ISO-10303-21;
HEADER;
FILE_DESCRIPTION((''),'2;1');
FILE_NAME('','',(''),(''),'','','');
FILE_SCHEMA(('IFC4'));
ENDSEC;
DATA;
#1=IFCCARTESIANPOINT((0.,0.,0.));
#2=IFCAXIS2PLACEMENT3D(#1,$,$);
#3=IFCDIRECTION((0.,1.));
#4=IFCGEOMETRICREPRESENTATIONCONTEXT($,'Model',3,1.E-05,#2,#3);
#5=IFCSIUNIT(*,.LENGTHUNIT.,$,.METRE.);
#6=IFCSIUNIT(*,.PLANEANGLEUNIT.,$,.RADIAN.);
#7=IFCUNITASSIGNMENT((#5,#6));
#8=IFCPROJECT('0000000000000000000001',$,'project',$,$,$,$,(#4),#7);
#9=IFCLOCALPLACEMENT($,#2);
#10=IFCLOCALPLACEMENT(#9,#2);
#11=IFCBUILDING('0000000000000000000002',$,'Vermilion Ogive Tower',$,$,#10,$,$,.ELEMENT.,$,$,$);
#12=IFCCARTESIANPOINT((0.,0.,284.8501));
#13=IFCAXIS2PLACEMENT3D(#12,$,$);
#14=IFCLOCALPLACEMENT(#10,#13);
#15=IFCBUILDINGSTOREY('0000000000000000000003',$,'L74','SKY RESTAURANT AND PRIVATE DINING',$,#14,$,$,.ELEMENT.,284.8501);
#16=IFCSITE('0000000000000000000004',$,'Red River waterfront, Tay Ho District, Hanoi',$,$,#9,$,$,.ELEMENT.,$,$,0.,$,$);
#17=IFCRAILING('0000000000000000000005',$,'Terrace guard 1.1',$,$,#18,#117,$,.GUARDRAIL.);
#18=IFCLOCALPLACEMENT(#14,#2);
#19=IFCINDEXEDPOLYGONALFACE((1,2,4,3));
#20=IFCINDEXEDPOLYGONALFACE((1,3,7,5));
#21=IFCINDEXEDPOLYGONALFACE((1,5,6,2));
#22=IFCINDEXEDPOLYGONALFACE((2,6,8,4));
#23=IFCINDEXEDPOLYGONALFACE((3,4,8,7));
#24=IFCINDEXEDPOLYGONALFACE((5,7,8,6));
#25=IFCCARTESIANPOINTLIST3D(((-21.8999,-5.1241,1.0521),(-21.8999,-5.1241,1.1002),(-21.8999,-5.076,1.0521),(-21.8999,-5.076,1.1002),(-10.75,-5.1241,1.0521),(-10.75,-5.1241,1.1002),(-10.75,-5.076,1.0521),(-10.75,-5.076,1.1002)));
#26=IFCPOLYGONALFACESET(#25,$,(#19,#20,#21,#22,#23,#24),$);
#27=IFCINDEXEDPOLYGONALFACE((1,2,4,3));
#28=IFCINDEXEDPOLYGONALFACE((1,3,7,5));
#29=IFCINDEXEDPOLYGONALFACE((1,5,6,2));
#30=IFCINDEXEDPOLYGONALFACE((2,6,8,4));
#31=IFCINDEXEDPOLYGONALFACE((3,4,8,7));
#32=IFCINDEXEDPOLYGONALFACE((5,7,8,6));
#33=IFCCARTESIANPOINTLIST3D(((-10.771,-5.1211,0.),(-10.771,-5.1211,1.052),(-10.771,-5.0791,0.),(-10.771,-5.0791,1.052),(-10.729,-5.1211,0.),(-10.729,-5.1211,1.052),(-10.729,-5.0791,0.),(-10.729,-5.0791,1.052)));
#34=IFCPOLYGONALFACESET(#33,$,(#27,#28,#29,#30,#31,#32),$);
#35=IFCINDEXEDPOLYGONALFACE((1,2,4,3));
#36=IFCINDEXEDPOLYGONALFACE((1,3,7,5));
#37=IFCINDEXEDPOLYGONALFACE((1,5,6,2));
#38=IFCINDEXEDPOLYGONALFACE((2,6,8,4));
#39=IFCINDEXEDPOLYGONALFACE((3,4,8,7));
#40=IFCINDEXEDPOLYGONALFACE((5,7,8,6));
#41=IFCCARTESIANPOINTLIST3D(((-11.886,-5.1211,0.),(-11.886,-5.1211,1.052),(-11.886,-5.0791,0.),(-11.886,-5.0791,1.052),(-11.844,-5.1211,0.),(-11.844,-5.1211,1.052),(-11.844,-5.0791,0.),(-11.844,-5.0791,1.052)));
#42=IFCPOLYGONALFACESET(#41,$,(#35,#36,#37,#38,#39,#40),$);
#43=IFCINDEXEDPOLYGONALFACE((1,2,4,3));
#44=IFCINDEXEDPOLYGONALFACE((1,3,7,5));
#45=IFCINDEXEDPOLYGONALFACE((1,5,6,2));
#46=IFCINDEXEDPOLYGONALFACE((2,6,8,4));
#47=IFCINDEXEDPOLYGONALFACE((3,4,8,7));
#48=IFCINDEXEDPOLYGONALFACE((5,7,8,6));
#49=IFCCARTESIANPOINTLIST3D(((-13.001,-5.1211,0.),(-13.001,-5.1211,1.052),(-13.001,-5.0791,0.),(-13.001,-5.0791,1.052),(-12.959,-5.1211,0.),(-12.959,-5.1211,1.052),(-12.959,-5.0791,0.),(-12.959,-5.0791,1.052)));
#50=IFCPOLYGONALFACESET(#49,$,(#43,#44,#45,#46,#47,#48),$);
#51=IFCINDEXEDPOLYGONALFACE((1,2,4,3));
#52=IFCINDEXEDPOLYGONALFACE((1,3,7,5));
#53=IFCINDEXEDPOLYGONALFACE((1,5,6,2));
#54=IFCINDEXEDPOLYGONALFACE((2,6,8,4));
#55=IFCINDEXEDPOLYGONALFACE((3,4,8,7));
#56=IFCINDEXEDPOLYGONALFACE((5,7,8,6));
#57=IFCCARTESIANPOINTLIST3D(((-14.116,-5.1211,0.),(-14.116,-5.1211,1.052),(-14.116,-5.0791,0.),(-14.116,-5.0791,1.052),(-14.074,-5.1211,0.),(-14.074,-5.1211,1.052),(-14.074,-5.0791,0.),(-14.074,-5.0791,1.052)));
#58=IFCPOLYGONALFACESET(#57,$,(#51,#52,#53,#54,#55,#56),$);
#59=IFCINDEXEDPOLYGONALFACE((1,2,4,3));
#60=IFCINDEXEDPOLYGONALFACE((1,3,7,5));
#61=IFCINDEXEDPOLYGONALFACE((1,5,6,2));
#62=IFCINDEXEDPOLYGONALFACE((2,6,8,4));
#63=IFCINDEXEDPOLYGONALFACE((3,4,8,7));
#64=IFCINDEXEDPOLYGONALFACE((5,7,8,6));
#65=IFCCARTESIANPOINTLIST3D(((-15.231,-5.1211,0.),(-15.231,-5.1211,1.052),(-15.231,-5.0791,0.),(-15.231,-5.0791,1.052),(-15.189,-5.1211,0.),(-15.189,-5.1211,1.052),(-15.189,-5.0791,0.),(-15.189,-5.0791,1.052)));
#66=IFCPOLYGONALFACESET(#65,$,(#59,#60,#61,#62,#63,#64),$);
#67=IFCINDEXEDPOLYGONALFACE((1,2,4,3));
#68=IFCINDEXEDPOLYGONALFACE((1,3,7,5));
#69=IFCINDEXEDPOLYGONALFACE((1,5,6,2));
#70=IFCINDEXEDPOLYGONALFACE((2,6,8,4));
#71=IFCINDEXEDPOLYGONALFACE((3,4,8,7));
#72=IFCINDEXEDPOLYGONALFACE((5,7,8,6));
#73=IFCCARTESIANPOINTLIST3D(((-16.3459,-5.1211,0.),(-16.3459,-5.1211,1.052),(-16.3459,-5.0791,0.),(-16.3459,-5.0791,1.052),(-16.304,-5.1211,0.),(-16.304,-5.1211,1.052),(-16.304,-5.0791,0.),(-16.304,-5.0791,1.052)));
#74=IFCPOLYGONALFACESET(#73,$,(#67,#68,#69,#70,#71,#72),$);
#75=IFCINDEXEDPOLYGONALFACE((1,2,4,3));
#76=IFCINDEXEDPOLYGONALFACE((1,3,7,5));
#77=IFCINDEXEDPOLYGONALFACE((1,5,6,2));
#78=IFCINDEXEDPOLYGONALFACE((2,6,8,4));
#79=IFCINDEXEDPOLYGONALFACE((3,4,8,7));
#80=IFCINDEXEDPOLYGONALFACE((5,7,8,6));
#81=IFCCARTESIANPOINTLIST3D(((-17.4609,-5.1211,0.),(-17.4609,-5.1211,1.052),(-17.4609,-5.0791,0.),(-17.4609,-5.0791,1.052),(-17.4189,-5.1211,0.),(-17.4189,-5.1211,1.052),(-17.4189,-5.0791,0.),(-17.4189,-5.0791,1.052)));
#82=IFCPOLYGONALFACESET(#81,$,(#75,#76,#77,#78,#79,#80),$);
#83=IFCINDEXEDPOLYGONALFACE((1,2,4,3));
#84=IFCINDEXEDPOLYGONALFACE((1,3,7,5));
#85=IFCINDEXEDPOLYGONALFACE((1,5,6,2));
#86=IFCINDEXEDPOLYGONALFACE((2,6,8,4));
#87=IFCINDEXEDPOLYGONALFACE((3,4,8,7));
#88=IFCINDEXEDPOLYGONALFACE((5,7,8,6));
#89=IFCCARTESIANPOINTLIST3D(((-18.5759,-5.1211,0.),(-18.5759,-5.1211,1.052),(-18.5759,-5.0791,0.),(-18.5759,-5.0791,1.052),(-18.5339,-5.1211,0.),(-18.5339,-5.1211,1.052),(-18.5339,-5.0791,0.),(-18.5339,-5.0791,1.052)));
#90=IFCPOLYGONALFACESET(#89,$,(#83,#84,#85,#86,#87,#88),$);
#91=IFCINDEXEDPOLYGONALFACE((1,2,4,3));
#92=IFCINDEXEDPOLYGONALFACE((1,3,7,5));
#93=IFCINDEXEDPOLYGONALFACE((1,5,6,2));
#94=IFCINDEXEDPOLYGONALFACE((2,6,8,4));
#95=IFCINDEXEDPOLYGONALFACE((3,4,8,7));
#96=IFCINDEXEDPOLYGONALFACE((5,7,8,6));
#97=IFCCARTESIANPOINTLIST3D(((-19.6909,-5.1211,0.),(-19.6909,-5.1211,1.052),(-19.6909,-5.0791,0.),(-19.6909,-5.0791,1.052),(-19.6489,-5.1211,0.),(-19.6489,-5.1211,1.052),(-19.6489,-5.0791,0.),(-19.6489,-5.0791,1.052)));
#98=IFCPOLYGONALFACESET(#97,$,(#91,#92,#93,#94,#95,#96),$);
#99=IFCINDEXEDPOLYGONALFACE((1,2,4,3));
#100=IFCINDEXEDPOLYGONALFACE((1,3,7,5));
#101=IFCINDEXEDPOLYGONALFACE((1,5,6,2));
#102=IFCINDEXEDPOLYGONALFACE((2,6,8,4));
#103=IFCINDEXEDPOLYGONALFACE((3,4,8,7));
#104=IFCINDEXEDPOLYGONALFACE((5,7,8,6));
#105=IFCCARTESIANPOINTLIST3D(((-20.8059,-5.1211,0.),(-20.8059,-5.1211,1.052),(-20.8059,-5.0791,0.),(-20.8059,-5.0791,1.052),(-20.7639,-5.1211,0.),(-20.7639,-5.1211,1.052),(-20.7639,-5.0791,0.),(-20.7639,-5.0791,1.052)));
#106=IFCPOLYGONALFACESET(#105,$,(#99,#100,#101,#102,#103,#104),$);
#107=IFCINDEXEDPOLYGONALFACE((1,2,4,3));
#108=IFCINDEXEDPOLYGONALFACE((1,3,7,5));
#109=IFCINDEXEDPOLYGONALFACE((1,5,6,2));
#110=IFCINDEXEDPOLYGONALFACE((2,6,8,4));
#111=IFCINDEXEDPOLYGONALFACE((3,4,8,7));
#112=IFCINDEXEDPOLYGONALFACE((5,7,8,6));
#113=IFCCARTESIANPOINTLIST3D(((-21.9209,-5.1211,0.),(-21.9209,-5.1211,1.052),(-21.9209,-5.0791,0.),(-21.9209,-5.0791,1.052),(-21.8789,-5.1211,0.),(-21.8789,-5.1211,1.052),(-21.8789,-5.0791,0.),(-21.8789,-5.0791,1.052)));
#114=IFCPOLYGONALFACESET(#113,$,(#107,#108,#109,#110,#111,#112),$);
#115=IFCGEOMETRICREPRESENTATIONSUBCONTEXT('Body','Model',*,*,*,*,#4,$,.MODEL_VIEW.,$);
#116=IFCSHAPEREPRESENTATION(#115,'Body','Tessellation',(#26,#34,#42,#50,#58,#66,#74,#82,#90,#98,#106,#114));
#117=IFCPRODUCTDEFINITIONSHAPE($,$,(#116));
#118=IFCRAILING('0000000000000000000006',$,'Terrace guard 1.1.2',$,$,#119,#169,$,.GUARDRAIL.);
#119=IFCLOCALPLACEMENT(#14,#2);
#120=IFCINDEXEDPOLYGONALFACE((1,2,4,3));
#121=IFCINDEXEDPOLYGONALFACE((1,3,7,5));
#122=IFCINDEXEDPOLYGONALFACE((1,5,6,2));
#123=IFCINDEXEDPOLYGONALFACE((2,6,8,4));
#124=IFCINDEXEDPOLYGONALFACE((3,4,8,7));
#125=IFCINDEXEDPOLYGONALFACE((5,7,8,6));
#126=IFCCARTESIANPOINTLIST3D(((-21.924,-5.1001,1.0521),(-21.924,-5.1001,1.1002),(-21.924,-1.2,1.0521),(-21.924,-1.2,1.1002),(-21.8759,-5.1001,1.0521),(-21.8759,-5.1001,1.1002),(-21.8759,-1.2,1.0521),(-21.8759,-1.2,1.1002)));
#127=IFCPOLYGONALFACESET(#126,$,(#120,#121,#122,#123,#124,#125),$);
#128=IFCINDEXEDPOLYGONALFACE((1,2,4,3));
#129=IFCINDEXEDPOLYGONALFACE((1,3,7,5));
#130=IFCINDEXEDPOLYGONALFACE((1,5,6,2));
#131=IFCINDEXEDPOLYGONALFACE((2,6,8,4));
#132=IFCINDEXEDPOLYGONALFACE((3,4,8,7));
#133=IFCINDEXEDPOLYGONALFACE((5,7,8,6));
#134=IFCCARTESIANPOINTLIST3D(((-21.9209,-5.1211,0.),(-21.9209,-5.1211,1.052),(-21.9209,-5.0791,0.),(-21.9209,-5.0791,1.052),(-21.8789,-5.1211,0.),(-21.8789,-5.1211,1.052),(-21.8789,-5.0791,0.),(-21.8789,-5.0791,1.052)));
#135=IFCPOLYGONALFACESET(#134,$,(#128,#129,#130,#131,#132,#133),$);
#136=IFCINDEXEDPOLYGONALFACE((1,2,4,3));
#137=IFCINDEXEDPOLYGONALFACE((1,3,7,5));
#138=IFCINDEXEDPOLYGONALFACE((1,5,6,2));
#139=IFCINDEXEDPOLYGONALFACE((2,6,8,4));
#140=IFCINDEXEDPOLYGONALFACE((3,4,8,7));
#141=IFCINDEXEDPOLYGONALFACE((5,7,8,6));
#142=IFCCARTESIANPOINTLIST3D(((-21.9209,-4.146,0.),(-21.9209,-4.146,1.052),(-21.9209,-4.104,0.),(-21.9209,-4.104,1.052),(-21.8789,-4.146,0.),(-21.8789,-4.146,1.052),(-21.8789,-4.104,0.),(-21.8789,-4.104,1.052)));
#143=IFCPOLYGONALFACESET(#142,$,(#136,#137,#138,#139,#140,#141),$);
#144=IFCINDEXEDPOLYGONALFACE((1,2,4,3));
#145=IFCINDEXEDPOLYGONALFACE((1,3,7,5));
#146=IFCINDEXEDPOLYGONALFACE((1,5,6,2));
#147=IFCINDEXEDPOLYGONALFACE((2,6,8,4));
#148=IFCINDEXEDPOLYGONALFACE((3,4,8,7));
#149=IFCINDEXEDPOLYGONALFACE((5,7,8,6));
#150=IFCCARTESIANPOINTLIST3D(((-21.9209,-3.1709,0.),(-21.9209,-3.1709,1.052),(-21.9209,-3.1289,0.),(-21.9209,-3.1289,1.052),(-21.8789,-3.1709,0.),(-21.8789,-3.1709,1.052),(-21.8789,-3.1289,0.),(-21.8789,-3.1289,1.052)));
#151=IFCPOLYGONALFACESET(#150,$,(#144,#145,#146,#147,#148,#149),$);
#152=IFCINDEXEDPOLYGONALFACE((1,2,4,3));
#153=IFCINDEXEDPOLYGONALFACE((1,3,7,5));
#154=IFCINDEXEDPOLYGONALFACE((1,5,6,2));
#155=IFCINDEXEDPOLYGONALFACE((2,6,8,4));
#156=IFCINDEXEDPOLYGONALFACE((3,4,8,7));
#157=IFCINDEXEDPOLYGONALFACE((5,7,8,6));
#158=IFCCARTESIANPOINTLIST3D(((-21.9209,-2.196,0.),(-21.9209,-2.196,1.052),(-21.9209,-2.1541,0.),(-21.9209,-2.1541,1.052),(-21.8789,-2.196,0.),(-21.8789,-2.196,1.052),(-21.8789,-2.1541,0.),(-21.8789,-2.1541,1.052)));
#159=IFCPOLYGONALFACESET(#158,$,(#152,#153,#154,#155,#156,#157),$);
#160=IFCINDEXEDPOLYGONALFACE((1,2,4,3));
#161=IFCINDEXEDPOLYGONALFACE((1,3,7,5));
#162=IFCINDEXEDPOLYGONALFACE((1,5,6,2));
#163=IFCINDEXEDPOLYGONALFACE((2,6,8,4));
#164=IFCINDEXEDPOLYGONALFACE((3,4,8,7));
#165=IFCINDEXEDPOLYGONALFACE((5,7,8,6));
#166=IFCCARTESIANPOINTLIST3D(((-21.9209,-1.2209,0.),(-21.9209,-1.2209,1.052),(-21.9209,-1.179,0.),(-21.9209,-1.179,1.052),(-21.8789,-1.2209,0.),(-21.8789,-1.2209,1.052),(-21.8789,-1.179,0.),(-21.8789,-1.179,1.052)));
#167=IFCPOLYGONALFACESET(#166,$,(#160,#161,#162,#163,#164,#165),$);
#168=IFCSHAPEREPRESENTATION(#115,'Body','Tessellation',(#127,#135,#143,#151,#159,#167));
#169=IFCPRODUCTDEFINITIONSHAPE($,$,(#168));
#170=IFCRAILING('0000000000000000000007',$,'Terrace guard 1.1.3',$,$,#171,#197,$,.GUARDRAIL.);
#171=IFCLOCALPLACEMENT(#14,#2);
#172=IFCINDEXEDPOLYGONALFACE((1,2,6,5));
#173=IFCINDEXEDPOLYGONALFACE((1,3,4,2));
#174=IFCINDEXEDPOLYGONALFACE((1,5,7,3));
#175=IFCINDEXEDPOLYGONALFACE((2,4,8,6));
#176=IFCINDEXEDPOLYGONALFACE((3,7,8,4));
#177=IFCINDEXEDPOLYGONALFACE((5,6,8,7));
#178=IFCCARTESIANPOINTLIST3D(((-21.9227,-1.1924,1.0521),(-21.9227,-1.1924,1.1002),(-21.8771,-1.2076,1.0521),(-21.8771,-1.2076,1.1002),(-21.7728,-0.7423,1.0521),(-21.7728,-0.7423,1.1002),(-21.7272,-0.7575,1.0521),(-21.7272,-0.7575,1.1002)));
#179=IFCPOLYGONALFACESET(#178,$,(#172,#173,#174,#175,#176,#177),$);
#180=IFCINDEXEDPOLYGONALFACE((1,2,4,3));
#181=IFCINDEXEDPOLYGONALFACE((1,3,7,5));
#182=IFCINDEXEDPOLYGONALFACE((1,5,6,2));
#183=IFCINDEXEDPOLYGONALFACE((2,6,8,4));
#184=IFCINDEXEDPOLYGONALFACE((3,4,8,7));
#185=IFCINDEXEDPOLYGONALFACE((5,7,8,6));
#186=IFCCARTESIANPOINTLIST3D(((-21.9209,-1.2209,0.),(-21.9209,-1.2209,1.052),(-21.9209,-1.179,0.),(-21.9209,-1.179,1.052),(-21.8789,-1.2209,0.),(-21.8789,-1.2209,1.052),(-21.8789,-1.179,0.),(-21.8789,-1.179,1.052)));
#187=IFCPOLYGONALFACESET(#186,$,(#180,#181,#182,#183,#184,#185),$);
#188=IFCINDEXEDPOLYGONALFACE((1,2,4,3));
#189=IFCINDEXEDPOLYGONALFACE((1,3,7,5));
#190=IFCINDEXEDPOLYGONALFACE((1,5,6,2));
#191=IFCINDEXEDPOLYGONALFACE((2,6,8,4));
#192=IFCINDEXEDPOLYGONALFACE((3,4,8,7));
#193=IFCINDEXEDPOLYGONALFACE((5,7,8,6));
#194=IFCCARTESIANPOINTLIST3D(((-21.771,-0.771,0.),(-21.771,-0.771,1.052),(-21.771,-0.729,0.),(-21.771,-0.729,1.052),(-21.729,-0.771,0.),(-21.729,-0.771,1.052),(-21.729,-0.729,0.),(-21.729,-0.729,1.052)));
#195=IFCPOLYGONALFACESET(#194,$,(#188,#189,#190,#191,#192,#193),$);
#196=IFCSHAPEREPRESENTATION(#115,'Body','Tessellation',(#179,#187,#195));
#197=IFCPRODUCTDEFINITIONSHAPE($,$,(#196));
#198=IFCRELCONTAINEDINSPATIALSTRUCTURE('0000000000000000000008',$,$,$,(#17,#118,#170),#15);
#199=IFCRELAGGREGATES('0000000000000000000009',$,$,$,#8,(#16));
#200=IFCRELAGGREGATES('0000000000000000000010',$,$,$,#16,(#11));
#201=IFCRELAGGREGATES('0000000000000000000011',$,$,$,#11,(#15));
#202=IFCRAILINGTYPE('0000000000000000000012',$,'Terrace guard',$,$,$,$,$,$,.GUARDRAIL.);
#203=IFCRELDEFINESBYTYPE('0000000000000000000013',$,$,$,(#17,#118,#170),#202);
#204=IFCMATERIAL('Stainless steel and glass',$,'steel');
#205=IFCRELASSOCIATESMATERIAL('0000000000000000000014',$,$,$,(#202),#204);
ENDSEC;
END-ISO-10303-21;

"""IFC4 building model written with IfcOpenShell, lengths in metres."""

from ifc_helpers import new_model, si_unit, direction, frame, origin, origin_2d, place, context, subcontext, project, spatial, rectangle, extrude, material, type_object, element, save


model = new_model("IFC4")

# Units and contexts
model_context = context("Model", 3, precision=1e-05, world=origin(), true_north=direction((0.0, 1.0)))
body_context = subcontext(model_context, "Body", "Model", "MODEL_VIEW")
ifc_project = project(units=[si_unit("LENGTHUNIT", "METRE"), si_unit("PLANEANGLEUNIT", "RADIAN")], contexts=[model_context])

# Site, building, storey
site_placement = place(None, origin())
site = spatial("IfcSite", under=ifc_project, at=site_placement, Name="Red River waterfront, Tay Ho District, Hanoi", CompositionType="ELEMENT", RefElevation=0.0)
building_placement = place(site_placement, origin())
building = spatial("IfcBuilding", under=site, at=building_placement, Name="Vermilion Ogive Tower", CompositionType="ELEMENT")
storey_placement = place(building_placement, frame((0.0, 0.0, 284.8501)))
storey = spatial("IfcBuildingStorey", under=building, at=storey_placement, Name="L74", Description="SKY RESTAURANT AND PRIVATE DINING", CompositionType="ELEMENT", Elevation=284.8501)

# Railings
ifc_material_1 = material(Name="Stainless steel and glass", Category="steel")
railing_type = type_object("IfcRailingType", Name="Terrace guard", PredefinedType="GUARDRAIL", material=ifc_material_1)
railing_1_placement = place(storey_placement, frame((-10.75, -5.1001, 0.0)))
element("IfcRailing", 1, at=railing_1_placement, inside=storey, type_object=railing_type, Name="Terrace guard 1.1", PredefinedType="GUARDRAIL", context=body_context, shape_type="SweptSolid", body=[
    extrude(rectangle(XDim=0.0481, YDim=0.0481, at=origin_2d()), frame((0.0, 0.0, 1.0762), z_axis=(-1.0, 0.0, 0.0), x_axis=(0.0, -1.0, 0.0)), (0.0, 0.0, 1.0), 11.1499),
    extrude(rectangle(XDim=0.042, YDim=0.042, at=origin_2d()), origin(), (0.0, 0.0, 1.0), 1.052),
    extrude(rectangle(XDim=0.042, YDim=0.042, at=origin_2d()), frame((-1.115, 0.0, 0.0)), (0.0, 0.0, 1.0), 1.052),
    extrude(rectangle(XDim=0.042, YDim=0.042, at=origin_2d()), frame((-2.23, 0.0, 0.0)), (0.0, 0.0, 1.0), 1.052),
    extrude(rectangle(XDim=0.042, YDim=0.042, at=origin_2d()), frame((-3.345, 0.0, 0.0)), (0.0, 0.0, 1.0), 1.052),
    extrude(rectangle(XDim=0.042, YDim=0.042, at=origin_2d()), frame((-4.46, 0.0, 0.0)), (0.0, 0.0, 1.0), 1.052),
    extrude(rectangle(XDim=0.042, YDim=0.042, at=origin_2d()), frame((-5.575, 0.0, 0.0)), (0.0, 0.0, 1.0), 1.052),
    extrude(rectangle(XDim=0.042, YDim=0.042, at=origin_2d()), frame((-6.6899, 0.0, 0.0)), (0.0, 0.0, 1.0), 1.052),
    extrude(rectangle(XDim=0.042, YDim=0.042, at=origin_2d()), frame((-7.8049, 0.0, 0.0)), (0.0, 0.0, 1.0), 1.052),
    extrude(rectangle(XDim=0.042, YDim=0.042, at=origin_2d()), frame((-8.9199, 0.0, 0.0)), (0.0, 0.0, 1.0), 1.052),
    extrude(rectangle(XDim=0.042, YDim=0.042, at=origin_2d()), frame((-10.0349, 0.0, 0.0)), (0.0, 0.0, 1.0), 1.052),
    extrude(rectangle(XDim=0.042, YDim=0.042, at=origin_2d()), frame((-11.1499, 0.0, 0.0)), (0.0, 0.0, 1.0), 1.052),
])
railing_2_placement = place(storey_placement, frame((-21.8999, -5.1001, 0.0)))
element("IfcRailing", 2, at=railing_2_placement, inside=storey, type_object=railing_type, Name="Terrace guard 1.1.2", PredefinedType="GUARDRAIL", context=body_context, shape_type="SweptSolid", body=[
    extrude(rectangle(XDim=0.0481, YDim=0.0481, at=origin_2d()), frame((0.0, 0.0, 1.0762), z_axis=(0.0, 1.0, 0.0), x_axis=(-1.0, 0.0, 0.0)), (0.0, 0.0, 1.0), 3.9001),
    extrude(rectangle(XDim=0.042, YDim=0.042, at=origin_2d()), origin(), (0.0, 0.0, 1.0), 1.052),
    extrude(rectangle(XDim=0.042, YDim=0.042, at=origin_2d()), frame((0.0, 0.9751, 0.0)), (0.0, 0.0, 1.0), 1.052),
    extrude(rectangle(XDim=0.042, YDim=0.042, at=origin_2d()), frame((0.0, 1.9502, 0.0)), (0.0, 0.0, 1.0), 1.052),
    extrude(rectangle(XDim=0.042, YDim=0.042, at=origin_2d()), frame((0.0, 2.925, 0.0)), (0.0, 0.0, 1.0), 1.052),
    extrude(rectangle(XDim=0.042, YDim=0.042, at=origin_2d()), frame((0.0, 3.9001, 0.0)), (0.0, 0.0, 1.0), 1.052),
])
railing_3_placement = place(storey_placement, frame((-21.8999, -1.2, 0.0)))
element("IfcRailing", 3, at=railing_3_placement, inside=storey, type_object=railing_type, Name="Terrace guard 1.1.3", PredefinedType="GUARDRAIL", context=body_context, shape_type="SweptSolid", body=[
    extrude(rectangle(XDim=0.0481, YDim=0.0481, at=origin_2d()), frame((0.0, 0.0, 1.0762), z_axis=(0.316073, 0.948735, 0.0), x_axis=(-0.948735, 0.316073, 0.0)), (0.0, 0.0, 1.0), 0.4744),
    extrude(rectangle(XDim=0.042, YDim=0.042, at=origin_2d()), origin(), (0.0, 0.0, 1.0), 1.052),
    extrude(rectangle(XDim=0.042, YDim=0.042, at=origin_2d()), frame((0.1499, 0.45, 0.0)), (0.0, 0.0, 1.0), 1.052),
])

save(model, "model.ifc")
